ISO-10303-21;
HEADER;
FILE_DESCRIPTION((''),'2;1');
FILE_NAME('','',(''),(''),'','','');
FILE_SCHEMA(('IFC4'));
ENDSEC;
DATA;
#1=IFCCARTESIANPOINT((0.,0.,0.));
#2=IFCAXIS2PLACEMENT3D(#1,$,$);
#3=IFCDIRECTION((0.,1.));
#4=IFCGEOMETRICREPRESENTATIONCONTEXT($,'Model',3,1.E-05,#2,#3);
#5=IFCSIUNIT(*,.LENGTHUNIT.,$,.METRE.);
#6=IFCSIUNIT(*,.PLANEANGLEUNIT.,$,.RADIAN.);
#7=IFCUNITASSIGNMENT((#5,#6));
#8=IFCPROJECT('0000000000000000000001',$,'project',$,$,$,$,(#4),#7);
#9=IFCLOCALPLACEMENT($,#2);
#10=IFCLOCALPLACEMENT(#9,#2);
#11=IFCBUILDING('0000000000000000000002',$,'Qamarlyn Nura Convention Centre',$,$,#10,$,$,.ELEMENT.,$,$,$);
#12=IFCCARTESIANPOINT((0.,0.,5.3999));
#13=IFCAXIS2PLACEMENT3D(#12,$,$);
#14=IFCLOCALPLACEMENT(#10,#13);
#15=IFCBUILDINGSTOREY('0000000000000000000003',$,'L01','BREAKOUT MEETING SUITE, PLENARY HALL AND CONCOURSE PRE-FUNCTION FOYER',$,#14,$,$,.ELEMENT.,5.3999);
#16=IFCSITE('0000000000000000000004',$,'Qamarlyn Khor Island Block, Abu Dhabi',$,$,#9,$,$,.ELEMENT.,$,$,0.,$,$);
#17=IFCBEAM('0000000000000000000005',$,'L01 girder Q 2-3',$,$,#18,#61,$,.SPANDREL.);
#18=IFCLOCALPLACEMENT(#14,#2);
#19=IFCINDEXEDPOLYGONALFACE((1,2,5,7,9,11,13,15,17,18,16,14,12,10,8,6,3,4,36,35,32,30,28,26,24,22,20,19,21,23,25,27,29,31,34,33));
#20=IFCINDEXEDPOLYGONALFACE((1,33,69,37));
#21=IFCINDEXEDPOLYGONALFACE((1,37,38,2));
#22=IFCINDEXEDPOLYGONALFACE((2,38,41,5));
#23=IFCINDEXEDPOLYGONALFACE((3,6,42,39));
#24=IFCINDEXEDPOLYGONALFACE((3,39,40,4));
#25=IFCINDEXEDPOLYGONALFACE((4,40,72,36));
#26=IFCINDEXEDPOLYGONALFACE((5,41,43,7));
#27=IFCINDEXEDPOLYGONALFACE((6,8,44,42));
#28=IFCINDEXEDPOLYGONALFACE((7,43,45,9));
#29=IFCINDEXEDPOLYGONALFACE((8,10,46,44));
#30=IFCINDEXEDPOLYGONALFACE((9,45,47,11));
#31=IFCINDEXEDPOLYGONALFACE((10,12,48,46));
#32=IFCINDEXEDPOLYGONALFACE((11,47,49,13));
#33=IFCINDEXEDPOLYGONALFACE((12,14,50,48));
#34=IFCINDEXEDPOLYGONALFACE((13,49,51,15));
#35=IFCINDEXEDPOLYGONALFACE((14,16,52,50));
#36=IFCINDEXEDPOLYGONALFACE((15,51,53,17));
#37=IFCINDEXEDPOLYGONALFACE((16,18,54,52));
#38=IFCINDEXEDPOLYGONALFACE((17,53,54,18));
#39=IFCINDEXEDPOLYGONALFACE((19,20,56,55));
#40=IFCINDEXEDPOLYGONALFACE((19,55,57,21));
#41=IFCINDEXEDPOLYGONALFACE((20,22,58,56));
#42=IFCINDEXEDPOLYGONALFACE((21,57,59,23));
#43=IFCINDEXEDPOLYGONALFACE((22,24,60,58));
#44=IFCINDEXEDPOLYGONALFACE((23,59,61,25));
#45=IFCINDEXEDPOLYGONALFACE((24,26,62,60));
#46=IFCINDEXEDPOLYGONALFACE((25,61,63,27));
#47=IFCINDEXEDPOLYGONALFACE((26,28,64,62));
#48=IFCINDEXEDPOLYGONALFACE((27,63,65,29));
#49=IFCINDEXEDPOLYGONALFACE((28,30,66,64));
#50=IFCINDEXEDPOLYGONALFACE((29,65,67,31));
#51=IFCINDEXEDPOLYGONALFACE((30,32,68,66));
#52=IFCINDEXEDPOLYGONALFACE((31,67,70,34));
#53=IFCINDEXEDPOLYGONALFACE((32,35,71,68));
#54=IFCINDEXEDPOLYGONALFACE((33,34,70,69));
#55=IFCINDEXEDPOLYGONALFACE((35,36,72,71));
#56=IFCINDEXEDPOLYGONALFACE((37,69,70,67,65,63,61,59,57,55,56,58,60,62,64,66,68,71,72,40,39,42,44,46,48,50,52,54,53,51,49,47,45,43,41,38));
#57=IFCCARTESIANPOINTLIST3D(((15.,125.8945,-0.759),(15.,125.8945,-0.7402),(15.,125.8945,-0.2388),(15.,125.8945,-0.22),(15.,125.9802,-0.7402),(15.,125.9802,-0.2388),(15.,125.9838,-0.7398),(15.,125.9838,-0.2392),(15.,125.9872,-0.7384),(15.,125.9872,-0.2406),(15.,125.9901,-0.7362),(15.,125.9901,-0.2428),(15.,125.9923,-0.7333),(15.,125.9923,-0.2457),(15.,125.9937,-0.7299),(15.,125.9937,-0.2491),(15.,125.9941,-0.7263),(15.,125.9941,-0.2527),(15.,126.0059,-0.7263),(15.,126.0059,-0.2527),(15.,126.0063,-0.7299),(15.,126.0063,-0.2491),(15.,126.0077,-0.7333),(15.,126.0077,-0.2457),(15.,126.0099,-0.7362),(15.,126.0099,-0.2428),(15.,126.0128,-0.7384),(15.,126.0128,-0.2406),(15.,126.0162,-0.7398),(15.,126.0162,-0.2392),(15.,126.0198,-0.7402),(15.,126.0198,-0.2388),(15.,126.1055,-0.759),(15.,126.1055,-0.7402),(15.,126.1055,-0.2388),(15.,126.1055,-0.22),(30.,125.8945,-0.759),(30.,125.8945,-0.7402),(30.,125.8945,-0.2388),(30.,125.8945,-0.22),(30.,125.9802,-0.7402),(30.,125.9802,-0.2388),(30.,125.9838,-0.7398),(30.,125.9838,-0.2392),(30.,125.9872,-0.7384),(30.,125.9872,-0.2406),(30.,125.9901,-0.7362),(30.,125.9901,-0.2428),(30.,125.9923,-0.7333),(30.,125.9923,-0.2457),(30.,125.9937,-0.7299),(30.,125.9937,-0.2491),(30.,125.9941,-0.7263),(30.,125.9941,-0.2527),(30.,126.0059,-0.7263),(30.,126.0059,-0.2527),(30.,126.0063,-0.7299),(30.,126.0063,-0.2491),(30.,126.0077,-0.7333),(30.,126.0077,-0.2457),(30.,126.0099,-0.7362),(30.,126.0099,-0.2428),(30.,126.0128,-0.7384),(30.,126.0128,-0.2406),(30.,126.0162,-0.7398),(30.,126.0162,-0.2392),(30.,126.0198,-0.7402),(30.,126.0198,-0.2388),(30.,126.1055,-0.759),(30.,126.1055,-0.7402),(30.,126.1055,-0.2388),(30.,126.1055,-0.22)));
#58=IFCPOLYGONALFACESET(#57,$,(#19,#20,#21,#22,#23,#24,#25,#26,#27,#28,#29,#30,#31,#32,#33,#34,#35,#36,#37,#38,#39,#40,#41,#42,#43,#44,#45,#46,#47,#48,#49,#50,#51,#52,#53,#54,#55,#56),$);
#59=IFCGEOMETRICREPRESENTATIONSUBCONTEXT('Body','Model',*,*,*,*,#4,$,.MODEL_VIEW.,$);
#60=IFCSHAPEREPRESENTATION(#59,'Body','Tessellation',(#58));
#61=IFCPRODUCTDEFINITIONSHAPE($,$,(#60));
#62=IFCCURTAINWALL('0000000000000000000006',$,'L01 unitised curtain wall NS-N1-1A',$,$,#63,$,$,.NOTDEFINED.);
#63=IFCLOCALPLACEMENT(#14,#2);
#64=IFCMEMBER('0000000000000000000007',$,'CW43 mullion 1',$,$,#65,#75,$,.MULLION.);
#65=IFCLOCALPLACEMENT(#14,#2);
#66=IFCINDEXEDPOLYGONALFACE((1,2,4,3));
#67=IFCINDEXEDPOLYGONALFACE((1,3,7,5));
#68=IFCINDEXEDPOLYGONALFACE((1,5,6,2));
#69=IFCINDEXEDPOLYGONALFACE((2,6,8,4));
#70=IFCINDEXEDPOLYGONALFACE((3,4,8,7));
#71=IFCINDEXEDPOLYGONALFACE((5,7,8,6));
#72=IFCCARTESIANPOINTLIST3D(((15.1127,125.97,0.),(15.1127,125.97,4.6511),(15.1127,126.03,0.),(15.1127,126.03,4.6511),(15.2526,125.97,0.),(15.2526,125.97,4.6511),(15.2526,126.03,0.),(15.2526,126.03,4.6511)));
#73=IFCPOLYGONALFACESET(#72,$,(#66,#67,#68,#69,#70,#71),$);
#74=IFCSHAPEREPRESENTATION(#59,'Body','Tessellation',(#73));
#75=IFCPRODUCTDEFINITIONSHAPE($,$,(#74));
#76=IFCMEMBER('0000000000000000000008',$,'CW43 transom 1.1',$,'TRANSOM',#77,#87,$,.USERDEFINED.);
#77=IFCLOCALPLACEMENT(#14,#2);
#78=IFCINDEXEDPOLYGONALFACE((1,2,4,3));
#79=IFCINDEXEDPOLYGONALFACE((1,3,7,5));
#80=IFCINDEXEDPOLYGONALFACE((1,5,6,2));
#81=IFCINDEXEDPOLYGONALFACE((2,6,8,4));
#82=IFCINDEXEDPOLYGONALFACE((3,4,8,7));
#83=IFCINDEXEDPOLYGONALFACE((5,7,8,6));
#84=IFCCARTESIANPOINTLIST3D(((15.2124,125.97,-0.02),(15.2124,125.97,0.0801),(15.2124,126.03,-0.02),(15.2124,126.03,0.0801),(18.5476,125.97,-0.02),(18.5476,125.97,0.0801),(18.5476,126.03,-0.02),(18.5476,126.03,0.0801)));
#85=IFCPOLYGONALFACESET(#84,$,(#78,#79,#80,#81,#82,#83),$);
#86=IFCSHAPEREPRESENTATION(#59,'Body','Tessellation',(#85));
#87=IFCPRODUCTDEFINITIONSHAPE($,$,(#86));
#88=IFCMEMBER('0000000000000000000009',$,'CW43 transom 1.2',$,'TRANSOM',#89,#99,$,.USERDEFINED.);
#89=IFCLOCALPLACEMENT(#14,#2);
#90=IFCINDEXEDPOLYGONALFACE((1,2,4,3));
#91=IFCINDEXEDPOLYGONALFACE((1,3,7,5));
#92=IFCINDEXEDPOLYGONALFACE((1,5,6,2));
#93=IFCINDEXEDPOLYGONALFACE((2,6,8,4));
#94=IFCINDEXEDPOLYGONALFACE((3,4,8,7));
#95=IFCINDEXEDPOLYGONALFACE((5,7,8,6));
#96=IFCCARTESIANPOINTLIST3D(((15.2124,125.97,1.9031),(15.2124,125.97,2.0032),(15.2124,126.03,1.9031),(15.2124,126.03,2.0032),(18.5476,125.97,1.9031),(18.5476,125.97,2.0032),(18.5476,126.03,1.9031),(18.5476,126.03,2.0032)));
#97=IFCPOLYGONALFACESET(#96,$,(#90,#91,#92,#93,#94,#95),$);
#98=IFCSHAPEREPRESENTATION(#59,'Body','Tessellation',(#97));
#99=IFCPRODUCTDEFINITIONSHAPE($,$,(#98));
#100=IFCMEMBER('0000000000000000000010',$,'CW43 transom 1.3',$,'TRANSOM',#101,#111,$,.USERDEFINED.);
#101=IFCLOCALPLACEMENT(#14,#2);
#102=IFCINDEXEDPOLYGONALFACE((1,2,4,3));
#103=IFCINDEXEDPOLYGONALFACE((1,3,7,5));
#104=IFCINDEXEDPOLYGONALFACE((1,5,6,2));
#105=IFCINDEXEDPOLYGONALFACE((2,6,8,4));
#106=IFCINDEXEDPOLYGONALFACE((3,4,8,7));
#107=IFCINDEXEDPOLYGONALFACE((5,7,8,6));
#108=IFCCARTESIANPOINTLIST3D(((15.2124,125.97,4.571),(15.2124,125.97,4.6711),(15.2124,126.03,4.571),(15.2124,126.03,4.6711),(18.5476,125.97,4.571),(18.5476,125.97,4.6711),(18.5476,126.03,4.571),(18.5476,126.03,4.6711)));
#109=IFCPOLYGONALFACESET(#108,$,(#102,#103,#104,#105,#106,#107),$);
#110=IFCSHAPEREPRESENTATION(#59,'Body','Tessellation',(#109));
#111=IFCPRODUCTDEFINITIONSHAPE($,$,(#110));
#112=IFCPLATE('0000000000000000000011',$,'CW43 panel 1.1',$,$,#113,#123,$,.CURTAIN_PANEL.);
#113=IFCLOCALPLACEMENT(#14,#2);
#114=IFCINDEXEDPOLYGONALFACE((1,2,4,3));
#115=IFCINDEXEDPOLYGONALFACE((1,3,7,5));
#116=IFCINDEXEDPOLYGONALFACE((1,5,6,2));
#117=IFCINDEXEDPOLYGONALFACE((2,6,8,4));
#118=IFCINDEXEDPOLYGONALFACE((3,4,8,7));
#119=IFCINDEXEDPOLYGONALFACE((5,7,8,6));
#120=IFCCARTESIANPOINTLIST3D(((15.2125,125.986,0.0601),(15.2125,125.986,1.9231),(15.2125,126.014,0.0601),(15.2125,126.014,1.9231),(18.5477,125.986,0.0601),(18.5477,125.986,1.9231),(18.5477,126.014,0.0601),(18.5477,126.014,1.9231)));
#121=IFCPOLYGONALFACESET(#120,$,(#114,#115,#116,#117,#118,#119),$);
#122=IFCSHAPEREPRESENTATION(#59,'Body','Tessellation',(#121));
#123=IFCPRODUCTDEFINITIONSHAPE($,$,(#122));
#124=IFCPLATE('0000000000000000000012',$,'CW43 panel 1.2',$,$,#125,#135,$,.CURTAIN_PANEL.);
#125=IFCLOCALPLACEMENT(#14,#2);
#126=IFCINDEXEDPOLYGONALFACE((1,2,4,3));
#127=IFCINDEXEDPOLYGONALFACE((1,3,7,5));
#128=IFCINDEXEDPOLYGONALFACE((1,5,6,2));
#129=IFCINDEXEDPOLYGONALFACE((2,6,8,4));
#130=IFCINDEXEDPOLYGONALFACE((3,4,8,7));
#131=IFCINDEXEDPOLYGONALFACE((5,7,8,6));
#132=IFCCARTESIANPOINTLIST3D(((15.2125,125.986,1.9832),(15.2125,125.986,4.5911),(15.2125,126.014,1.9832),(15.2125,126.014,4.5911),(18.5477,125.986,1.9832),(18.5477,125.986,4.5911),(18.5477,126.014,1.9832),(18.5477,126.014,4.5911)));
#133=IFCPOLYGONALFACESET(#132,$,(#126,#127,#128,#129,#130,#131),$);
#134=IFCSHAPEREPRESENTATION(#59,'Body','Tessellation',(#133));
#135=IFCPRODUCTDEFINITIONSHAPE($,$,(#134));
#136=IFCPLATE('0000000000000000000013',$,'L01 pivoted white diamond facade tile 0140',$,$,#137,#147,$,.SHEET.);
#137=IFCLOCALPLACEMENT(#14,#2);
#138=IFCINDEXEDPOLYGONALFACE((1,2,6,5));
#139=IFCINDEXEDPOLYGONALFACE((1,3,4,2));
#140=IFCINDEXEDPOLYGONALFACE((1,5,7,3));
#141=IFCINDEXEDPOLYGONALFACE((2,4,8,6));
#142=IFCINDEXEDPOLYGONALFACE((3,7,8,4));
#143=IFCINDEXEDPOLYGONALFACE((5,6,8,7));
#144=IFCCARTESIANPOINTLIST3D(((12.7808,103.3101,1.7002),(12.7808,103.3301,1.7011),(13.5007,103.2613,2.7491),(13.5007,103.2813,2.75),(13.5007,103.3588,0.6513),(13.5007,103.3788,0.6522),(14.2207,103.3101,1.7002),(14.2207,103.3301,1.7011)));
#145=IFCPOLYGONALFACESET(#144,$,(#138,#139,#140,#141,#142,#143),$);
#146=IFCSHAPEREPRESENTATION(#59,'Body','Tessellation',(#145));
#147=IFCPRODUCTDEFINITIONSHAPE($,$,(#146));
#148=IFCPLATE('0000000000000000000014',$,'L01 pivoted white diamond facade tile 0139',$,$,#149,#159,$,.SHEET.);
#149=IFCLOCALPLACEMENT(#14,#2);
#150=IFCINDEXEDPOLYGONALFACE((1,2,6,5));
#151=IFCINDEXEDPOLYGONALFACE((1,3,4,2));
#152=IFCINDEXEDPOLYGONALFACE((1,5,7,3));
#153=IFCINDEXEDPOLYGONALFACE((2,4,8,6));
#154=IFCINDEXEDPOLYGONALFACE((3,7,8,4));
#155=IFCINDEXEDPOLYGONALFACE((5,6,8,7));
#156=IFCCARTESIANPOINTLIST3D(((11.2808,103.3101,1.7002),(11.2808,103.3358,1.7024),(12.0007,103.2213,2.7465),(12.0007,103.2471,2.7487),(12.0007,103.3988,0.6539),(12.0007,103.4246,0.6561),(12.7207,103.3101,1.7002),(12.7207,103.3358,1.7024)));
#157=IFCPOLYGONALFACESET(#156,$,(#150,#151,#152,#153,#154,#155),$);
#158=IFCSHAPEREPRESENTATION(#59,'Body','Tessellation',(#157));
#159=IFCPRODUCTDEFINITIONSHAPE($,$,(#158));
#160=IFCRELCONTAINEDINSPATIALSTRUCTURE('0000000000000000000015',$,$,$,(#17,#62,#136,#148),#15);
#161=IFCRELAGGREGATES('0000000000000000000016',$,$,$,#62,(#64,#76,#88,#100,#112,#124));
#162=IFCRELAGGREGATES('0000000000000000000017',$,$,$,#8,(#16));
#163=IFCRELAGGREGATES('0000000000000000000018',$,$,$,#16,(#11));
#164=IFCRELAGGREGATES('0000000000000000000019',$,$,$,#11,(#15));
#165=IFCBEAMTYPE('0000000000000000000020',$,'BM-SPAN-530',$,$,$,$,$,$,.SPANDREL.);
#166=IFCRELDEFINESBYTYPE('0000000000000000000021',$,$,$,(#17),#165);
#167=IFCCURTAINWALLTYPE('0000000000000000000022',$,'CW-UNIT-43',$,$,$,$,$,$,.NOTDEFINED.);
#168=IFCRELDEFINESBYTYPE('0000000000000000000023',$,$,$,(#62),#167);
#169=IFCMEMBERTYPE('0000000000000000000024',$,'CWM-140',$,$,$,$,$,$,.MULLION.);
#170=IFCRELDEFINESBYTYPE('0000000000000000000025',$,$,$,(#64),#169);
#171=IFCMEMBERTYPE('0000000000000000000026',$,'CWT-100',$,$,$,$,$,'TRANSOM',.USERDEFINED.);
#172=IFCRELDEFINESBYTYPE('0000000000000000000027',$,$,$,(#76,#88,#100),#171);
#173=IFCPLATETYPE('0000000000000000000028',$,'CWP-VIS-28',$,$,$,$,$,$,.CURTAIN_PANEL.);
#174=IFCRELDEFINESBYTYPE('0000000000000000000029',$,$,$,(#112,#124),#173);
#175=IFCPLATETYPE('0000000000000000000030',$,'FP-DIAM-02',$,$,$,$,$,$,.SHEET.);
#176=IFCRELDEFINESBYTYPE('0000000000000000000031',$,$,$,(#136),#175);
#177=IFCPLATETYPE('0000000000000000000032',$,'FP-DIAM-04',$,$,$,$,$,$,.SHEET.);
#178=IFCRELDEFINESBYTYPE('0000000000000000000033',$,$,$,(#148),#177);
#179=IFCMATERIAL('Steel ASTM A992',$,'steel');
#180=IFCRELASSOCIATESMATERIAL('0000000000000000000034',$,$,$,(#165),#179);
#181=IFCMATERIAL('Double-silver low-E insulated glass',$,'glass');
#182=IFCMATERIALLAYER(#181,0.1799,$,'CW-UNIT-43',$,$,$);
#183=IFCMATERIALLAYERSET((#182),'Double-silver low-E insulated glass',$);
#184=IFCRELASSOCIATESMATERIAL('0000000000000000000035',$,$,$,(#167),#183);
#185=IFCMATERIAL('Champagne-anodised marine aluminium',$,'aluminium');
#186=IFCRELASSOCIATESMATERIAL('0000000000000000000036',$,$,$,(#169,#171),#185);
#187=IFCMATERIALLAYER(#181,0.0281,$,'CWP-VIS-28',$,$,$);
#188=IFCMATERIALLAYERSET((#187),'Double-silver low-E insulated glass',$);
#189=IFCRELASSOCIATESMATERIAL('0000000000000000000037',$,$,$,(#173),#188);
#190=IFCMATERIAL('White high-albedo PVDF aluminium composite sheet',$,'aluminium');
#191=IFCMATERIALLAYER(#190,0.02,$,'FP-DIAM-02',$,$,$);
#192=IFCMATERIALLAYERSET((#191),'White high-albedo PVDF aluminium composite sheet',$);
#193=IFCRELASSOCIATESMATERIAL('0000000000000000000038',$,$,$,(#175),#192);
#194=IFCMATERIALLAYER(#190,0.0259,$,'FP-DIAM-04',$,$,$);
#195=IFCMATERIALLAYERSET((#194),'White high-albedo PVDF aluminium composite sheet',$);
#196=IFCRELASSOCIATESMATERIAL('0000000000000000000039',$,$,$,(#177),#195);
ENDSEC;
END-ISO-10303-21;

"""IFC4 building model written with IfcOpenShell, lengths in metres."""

from ifc_helpers import new_model, si_unit, direction, frame, origin, origin_2d, place, context, subcontext, project, spatial, polyline, rectangle, i_section, outline, extrude, material, layer, layer_set, material_profile, profile_set, type_object, element, aggregate, save


model = new_model("IFC4")

# Units and contexts
model_context = context("Model", 3, precision=1e-05, world=origin(), true_north=direction((0.0, 1.0)))
body_context = subcontext(model_context, "Body", "Model", "MODEL_VIEW")
ifc_project = project(units=[si_unit("LENGTHUNIT", "METRE"), si_unit("PLANEANGLEUNIT", "RADIAN")], contexts=[model_context])

# Site, building, storey
site_placement = place(None, origin())
site = spatial("IfcSite", under=ifc_project, at=site_placement, Name="Qamarlyn Khor Island Block, Abu Dhabi", CompositionType="ELEMENT", RefElevation=0.0)
building_placement = place(site_placement, origin())
building = spatial("IfcBuilding", under=site, at=building_placement, Name="Qamarlyn Nura Convention Centre", CompositionType="ELEMENT")
storey_placement = place(building_placement, frame((0.0, 0.0, 5.3999)))
storey = spatial("IfcBuildingStorey", under=building, at=storey_placement, Name="L01", Description="BREAKOUT MEETING SUITE, PLENARY HALL AND CONCOURSE PRE-FUNCTION FOYER", CompositionType="ELEMENT", Elevation=5.3999)

# Shared definitions
ifc_material_1 = material(Name="Steel ASTM A992", Category="steel")

# Beam
ifc_material_profile_1 = material_profile(ifc_material_1, i_section(OverallWidth=0.2109, OverallDepth=0.5391, WebThickness=0.0117, FlangeThickness=0.0188, FilletRadius=0.0139, at=origin_2d()), Name="W530X109")
ifc_profile_set_1 = profile_set([ifc_material_profile_1], Name="Steel ASTM A992")
beam_type_1 = type_object("IfcBeamType", Name="BM-SPAN-530", PredefinedType="SPANDREL", material=ifc_profile_set_1)
beam_1_placement = place(storey_placement, frame((15.0, 126.0, -0.4895), z_axis=(1.0, 0.0, 0.0), x_axis=(0.0, 1.0, 0.0)))
element("IfcBeam", 1, at=beam_1_placement, inside=storey, type_object=beam_type_1, Name="L01 girder Q 2-3", PredefinedType="SPANDREL", context=body_context, shape_type="SweptSolid", body=[
    extrude(i_section(OverallWidth=0.2109, OverallDepth=0.5391, WebThickness=0.0117, FlangeThickness=0.0188, FilletRadius=0.0139, at=origin_2d()), origin(), (0.0, 0.0, 1.0), 15.0),
])

# Curtain wall, members, plates
ifc_material_2 = material(Name="Double-silver low-E insulated glass", Category="glass")
ifc_layer_1 = layer(ifc_material_2, 0.1799, Name="CW-UNIT-43")
ifc_layer_set_1 = layer_set([ifc_layer_1], Name="Double-silver low-E insulated glass")
curtain_wall_type = type_object("IfcCurtainWallType", Name="CW-UNIT-43", PredefinedType="NOTDEFINED", material=ifc_layer_set_1)
curtain_wall_placement = place(storey_placement, origin())
curtain_wall = element("IfcCurtainWall", 2, at=curtain_wall_placement, inside=storey, type_object=curtain_wall_type, Name="L01 unitised curtain wall NS-N1-1A", PredefinedType="NOTDEFINED")
ifc_material_3 = material(Name="Champagne-anodised marine aluminium", Category="aluminium")
ifc_material_profile_2 = material_profile(ifc_material_3, rectangle(XDim=0.0601, YDim=0.1399, at=origin_2d()), Name="ALU MULLION 60x140")
ifc_profile_set_2 = profile_set([ifc_material_profile_2], Name="Champagne-anodised marine aluminium")
member_type_1 = type_object("IfcMemberType", Name="CWM-140", PredefinedType="MULLION", material=ifc_profile_set_2)
member_1_placement = place(storey_placement, frame((15.1826, 126.0, 0.0), z_axis=(0.0, 0.0, 1.0), x_axis=(0.0, 1.0, 0.0)))
member_1 = element("IfcMember", 3, at=member_1_placement, type_object=member_type_1, Name="CW43 mullion 1", PredefinedType="MULLION", context=body_context, shape_type="SweptSolid", body=[
    extrude(rectangle(XDim=0.0601, YDim=0.1399, at=origin_2d()), origin(), (0.0, 0.0, 1.0), 4.6511),
])
ifc_material_profile_3 = material_profile(ifc_material_3, rectangle(XDim=0.0601, YDim=0.1001, at=origin_2d()), Name="ALU TRANSOM 60x100")
ifc_profile_set_3 = profile_set([ifc_material_profile_3], Name="Champagne-anodised marine aluminium")
member_type_2 = type_object("IfcMemberType", Name="CWT-100", ElementType="TRANSOM", PredefinedType="USERDEFINED", material=ifc_profile_set_3)
member_2_placement = place(storey_placement, frame((15.2124, 126.0, 0.03), z_axis=(1.0, 0.0, 0.0), x_axis=(0.0, 1.0, 0.0)))
member_2 = element("IfcMember", 4, at=member_2_placement, type_object=member_type_2, Name="CW43 transom 1.1", ObjectType="TRANSOM", PredefinedType="USERDEFINED", context=body_context, shape_type="SweptSolid", body=[
    extrude(rectangle(XDim=0.0601, YDim=0.1001, at=origin_2d()), origin(), (0.0, 0.0, 1.0), 3.3352),
])
member_3_placement = place(storey_placement, frame((15.2124, 126.0, 1.9531), z_axis=(1.0, 0.0, 0.0), x_axis=(0.0, 1.0, 0.0)))
member_3 = element("IfcMember", 5, at=member_3_placement, type_object=member_type_2, Name="CW43 transom 1.2", ObjectType="TRANSOM", PredefinedType="USERDEFINED", context=body_context, shape_type="SweptSolid", body=[
    extrude(rectangle(XDim=0.0601, YDim=0.1001, at=origin_2d()), origin(), (0.0, 0.0, 1.0), 3.3352),
])
member_4_placement = place(storey_placement, frame((15.2124, 126.0, 4.6211), z_axis=(1.0, 0.0, 0.0), x_axis=(0.0, 1.0, 0.0)))
member_4 = element("IfcMember", 6, at=member_4_placement, type_object=member_type_2, Name="CW43 transom 1.3", ObjectType="TRANSOM", PredefinedType="USERDEFINED", context=body_context, shape_type="SweptSolid", body=[
    extrude(rectangle(XDim=0.0601, YDim=0.1001, at=origin_2d()), origin(), (0.0, 0.0, 1.0), 3.3352),
])
ifc_layer_2 = layer(ifc_material_2, 0.0281, Name="CWP-VIS-28")
ifc_layer_set_2 = layer_set([ifc_layer_2], Name="Double-silver low-E insulated glass")
plate_type_1 = type_object("IfcPlateType", Name="CWP-VIS-28", PredefinedType="CURTAIN_PANEL", material=ifc_layer_set_2)
plate_1_placement = place(storey_placement, frame((16.8801, 126.0, 0.0601), z_axis=(0.0, 0.0, 1.0), x_axis=(1.0, 0.0, 0.0)))
plate_1 = element("IfcPlate", 7, at=plate_1_placement, type_object=plate_type_1, Name="CW43 panel 1.1", PredefinedType="CURTAIN_PANEL", context=body_context, shape_type="SweptSolid", body=[
    extrude(rectangle(XDim=3.3352, YDim=0.0281, at=origin_2d()), origin(), (0.0, 0.0, 1.0), 1.863),
])
plate_2_placement = place(storey_placement, frame((16.8801, 126.0, 1.9832), z_axis=(0.0, 0.0, 1.0), x_axis=(1.0, 0.0, 0.0)))
plate_2 = element("IfcPlate", 8, at=plate_2_placement, type_object=plate_type_1, Name="CW43 panel 1.2", PredefinedType="CURTAIN_PANEL", context=body_context, shape_type="SweptSolid", body=[
    extrude(rectangle(XDim=3.3352, YDim=0.0281, at=origin_2d()), origin(), (0.0, 0.0, 1.0), 2.6079),
])
aggregate(curtain_wall, [member_1, member_2, member_3, member_4, plate_1, plate_2])

# Plates
ifc_material_4 = material(Name="White high-albedo PVDF aluminium composite sheet", Category="aluminium")
ifc_layer_3 = layer(ifc_material_4, 0.02, Name="FP-DIAM-02")
ifc_layer_set_3 = layer_set([ifc_layer_3], Name="White high-albedo PVDF aluminium composite sheet")
plate_type_2 = type_object("IfcPlateType", Name="FP-DIAM-02", PredefinedType="SHEET", material=ifc_layer_set_3)
plate_3_placement = place(storey_placement, frame((13.5007, 103.3101, 1.7002), z_axis=(0.0, 0.998923, 0.046409), x_axis=(-1.0, 0.0, 0.0)))
element("IfcPlate", 9, at=plate_3_placement, inside=storey, type_object=plate_type_2, Name="L01 pivoted white diamond facade tile 0140", PredefinedType="SHEET", context=body_context, shape_type="SweptSolid", body=[
    extrude(outline(polyline([(-0.72, 0.0), (0.0, -1.05), (0.72, 0.0), (0.0, 1.05), (-0.72, 0.0)])), origin(), (0.0, 0.0, 1.0), 0.02),
])
ifc_layer_4 = layer(ifc_material_4, 0.0259, Name="FP-DIAM-04")
ifc_layer_set_4 = layer_set([ifc_layer_4], Name="White high-albedo PVDF aluminium composite sheet")
plate_type_3 = type_object("IfcPlateType", Name="FP-DIAM-04", PredefinedType="SHEET", material=ifc_layer_set_4)
plate_4_placement = place(storey_placement, frame((12.0007, 103.3101, 1.7002), z_axis=(0.0, 0.996419, 0.084547), x_axis=(-1.0, 0.0, 0.0)))
element("IfcPlate", 10, at=plate_4_placement, inside=storey, type_object=plate_type_3, Name="L01 pivoted white diamond facade tile 0139", PredefinedType="SHEET", context=body_context, shape_type="SweptSolid", body=[
    extrude(outline(polyline([(-0.72, 0.0), (0.0, -1.05), (0.72, 0.0), (0.0, 1.05), (-0.72, 0.0)])), origin(), (0.0, 0.0, 1.0), 0.0259),
])

save(model, "model.ifc")
